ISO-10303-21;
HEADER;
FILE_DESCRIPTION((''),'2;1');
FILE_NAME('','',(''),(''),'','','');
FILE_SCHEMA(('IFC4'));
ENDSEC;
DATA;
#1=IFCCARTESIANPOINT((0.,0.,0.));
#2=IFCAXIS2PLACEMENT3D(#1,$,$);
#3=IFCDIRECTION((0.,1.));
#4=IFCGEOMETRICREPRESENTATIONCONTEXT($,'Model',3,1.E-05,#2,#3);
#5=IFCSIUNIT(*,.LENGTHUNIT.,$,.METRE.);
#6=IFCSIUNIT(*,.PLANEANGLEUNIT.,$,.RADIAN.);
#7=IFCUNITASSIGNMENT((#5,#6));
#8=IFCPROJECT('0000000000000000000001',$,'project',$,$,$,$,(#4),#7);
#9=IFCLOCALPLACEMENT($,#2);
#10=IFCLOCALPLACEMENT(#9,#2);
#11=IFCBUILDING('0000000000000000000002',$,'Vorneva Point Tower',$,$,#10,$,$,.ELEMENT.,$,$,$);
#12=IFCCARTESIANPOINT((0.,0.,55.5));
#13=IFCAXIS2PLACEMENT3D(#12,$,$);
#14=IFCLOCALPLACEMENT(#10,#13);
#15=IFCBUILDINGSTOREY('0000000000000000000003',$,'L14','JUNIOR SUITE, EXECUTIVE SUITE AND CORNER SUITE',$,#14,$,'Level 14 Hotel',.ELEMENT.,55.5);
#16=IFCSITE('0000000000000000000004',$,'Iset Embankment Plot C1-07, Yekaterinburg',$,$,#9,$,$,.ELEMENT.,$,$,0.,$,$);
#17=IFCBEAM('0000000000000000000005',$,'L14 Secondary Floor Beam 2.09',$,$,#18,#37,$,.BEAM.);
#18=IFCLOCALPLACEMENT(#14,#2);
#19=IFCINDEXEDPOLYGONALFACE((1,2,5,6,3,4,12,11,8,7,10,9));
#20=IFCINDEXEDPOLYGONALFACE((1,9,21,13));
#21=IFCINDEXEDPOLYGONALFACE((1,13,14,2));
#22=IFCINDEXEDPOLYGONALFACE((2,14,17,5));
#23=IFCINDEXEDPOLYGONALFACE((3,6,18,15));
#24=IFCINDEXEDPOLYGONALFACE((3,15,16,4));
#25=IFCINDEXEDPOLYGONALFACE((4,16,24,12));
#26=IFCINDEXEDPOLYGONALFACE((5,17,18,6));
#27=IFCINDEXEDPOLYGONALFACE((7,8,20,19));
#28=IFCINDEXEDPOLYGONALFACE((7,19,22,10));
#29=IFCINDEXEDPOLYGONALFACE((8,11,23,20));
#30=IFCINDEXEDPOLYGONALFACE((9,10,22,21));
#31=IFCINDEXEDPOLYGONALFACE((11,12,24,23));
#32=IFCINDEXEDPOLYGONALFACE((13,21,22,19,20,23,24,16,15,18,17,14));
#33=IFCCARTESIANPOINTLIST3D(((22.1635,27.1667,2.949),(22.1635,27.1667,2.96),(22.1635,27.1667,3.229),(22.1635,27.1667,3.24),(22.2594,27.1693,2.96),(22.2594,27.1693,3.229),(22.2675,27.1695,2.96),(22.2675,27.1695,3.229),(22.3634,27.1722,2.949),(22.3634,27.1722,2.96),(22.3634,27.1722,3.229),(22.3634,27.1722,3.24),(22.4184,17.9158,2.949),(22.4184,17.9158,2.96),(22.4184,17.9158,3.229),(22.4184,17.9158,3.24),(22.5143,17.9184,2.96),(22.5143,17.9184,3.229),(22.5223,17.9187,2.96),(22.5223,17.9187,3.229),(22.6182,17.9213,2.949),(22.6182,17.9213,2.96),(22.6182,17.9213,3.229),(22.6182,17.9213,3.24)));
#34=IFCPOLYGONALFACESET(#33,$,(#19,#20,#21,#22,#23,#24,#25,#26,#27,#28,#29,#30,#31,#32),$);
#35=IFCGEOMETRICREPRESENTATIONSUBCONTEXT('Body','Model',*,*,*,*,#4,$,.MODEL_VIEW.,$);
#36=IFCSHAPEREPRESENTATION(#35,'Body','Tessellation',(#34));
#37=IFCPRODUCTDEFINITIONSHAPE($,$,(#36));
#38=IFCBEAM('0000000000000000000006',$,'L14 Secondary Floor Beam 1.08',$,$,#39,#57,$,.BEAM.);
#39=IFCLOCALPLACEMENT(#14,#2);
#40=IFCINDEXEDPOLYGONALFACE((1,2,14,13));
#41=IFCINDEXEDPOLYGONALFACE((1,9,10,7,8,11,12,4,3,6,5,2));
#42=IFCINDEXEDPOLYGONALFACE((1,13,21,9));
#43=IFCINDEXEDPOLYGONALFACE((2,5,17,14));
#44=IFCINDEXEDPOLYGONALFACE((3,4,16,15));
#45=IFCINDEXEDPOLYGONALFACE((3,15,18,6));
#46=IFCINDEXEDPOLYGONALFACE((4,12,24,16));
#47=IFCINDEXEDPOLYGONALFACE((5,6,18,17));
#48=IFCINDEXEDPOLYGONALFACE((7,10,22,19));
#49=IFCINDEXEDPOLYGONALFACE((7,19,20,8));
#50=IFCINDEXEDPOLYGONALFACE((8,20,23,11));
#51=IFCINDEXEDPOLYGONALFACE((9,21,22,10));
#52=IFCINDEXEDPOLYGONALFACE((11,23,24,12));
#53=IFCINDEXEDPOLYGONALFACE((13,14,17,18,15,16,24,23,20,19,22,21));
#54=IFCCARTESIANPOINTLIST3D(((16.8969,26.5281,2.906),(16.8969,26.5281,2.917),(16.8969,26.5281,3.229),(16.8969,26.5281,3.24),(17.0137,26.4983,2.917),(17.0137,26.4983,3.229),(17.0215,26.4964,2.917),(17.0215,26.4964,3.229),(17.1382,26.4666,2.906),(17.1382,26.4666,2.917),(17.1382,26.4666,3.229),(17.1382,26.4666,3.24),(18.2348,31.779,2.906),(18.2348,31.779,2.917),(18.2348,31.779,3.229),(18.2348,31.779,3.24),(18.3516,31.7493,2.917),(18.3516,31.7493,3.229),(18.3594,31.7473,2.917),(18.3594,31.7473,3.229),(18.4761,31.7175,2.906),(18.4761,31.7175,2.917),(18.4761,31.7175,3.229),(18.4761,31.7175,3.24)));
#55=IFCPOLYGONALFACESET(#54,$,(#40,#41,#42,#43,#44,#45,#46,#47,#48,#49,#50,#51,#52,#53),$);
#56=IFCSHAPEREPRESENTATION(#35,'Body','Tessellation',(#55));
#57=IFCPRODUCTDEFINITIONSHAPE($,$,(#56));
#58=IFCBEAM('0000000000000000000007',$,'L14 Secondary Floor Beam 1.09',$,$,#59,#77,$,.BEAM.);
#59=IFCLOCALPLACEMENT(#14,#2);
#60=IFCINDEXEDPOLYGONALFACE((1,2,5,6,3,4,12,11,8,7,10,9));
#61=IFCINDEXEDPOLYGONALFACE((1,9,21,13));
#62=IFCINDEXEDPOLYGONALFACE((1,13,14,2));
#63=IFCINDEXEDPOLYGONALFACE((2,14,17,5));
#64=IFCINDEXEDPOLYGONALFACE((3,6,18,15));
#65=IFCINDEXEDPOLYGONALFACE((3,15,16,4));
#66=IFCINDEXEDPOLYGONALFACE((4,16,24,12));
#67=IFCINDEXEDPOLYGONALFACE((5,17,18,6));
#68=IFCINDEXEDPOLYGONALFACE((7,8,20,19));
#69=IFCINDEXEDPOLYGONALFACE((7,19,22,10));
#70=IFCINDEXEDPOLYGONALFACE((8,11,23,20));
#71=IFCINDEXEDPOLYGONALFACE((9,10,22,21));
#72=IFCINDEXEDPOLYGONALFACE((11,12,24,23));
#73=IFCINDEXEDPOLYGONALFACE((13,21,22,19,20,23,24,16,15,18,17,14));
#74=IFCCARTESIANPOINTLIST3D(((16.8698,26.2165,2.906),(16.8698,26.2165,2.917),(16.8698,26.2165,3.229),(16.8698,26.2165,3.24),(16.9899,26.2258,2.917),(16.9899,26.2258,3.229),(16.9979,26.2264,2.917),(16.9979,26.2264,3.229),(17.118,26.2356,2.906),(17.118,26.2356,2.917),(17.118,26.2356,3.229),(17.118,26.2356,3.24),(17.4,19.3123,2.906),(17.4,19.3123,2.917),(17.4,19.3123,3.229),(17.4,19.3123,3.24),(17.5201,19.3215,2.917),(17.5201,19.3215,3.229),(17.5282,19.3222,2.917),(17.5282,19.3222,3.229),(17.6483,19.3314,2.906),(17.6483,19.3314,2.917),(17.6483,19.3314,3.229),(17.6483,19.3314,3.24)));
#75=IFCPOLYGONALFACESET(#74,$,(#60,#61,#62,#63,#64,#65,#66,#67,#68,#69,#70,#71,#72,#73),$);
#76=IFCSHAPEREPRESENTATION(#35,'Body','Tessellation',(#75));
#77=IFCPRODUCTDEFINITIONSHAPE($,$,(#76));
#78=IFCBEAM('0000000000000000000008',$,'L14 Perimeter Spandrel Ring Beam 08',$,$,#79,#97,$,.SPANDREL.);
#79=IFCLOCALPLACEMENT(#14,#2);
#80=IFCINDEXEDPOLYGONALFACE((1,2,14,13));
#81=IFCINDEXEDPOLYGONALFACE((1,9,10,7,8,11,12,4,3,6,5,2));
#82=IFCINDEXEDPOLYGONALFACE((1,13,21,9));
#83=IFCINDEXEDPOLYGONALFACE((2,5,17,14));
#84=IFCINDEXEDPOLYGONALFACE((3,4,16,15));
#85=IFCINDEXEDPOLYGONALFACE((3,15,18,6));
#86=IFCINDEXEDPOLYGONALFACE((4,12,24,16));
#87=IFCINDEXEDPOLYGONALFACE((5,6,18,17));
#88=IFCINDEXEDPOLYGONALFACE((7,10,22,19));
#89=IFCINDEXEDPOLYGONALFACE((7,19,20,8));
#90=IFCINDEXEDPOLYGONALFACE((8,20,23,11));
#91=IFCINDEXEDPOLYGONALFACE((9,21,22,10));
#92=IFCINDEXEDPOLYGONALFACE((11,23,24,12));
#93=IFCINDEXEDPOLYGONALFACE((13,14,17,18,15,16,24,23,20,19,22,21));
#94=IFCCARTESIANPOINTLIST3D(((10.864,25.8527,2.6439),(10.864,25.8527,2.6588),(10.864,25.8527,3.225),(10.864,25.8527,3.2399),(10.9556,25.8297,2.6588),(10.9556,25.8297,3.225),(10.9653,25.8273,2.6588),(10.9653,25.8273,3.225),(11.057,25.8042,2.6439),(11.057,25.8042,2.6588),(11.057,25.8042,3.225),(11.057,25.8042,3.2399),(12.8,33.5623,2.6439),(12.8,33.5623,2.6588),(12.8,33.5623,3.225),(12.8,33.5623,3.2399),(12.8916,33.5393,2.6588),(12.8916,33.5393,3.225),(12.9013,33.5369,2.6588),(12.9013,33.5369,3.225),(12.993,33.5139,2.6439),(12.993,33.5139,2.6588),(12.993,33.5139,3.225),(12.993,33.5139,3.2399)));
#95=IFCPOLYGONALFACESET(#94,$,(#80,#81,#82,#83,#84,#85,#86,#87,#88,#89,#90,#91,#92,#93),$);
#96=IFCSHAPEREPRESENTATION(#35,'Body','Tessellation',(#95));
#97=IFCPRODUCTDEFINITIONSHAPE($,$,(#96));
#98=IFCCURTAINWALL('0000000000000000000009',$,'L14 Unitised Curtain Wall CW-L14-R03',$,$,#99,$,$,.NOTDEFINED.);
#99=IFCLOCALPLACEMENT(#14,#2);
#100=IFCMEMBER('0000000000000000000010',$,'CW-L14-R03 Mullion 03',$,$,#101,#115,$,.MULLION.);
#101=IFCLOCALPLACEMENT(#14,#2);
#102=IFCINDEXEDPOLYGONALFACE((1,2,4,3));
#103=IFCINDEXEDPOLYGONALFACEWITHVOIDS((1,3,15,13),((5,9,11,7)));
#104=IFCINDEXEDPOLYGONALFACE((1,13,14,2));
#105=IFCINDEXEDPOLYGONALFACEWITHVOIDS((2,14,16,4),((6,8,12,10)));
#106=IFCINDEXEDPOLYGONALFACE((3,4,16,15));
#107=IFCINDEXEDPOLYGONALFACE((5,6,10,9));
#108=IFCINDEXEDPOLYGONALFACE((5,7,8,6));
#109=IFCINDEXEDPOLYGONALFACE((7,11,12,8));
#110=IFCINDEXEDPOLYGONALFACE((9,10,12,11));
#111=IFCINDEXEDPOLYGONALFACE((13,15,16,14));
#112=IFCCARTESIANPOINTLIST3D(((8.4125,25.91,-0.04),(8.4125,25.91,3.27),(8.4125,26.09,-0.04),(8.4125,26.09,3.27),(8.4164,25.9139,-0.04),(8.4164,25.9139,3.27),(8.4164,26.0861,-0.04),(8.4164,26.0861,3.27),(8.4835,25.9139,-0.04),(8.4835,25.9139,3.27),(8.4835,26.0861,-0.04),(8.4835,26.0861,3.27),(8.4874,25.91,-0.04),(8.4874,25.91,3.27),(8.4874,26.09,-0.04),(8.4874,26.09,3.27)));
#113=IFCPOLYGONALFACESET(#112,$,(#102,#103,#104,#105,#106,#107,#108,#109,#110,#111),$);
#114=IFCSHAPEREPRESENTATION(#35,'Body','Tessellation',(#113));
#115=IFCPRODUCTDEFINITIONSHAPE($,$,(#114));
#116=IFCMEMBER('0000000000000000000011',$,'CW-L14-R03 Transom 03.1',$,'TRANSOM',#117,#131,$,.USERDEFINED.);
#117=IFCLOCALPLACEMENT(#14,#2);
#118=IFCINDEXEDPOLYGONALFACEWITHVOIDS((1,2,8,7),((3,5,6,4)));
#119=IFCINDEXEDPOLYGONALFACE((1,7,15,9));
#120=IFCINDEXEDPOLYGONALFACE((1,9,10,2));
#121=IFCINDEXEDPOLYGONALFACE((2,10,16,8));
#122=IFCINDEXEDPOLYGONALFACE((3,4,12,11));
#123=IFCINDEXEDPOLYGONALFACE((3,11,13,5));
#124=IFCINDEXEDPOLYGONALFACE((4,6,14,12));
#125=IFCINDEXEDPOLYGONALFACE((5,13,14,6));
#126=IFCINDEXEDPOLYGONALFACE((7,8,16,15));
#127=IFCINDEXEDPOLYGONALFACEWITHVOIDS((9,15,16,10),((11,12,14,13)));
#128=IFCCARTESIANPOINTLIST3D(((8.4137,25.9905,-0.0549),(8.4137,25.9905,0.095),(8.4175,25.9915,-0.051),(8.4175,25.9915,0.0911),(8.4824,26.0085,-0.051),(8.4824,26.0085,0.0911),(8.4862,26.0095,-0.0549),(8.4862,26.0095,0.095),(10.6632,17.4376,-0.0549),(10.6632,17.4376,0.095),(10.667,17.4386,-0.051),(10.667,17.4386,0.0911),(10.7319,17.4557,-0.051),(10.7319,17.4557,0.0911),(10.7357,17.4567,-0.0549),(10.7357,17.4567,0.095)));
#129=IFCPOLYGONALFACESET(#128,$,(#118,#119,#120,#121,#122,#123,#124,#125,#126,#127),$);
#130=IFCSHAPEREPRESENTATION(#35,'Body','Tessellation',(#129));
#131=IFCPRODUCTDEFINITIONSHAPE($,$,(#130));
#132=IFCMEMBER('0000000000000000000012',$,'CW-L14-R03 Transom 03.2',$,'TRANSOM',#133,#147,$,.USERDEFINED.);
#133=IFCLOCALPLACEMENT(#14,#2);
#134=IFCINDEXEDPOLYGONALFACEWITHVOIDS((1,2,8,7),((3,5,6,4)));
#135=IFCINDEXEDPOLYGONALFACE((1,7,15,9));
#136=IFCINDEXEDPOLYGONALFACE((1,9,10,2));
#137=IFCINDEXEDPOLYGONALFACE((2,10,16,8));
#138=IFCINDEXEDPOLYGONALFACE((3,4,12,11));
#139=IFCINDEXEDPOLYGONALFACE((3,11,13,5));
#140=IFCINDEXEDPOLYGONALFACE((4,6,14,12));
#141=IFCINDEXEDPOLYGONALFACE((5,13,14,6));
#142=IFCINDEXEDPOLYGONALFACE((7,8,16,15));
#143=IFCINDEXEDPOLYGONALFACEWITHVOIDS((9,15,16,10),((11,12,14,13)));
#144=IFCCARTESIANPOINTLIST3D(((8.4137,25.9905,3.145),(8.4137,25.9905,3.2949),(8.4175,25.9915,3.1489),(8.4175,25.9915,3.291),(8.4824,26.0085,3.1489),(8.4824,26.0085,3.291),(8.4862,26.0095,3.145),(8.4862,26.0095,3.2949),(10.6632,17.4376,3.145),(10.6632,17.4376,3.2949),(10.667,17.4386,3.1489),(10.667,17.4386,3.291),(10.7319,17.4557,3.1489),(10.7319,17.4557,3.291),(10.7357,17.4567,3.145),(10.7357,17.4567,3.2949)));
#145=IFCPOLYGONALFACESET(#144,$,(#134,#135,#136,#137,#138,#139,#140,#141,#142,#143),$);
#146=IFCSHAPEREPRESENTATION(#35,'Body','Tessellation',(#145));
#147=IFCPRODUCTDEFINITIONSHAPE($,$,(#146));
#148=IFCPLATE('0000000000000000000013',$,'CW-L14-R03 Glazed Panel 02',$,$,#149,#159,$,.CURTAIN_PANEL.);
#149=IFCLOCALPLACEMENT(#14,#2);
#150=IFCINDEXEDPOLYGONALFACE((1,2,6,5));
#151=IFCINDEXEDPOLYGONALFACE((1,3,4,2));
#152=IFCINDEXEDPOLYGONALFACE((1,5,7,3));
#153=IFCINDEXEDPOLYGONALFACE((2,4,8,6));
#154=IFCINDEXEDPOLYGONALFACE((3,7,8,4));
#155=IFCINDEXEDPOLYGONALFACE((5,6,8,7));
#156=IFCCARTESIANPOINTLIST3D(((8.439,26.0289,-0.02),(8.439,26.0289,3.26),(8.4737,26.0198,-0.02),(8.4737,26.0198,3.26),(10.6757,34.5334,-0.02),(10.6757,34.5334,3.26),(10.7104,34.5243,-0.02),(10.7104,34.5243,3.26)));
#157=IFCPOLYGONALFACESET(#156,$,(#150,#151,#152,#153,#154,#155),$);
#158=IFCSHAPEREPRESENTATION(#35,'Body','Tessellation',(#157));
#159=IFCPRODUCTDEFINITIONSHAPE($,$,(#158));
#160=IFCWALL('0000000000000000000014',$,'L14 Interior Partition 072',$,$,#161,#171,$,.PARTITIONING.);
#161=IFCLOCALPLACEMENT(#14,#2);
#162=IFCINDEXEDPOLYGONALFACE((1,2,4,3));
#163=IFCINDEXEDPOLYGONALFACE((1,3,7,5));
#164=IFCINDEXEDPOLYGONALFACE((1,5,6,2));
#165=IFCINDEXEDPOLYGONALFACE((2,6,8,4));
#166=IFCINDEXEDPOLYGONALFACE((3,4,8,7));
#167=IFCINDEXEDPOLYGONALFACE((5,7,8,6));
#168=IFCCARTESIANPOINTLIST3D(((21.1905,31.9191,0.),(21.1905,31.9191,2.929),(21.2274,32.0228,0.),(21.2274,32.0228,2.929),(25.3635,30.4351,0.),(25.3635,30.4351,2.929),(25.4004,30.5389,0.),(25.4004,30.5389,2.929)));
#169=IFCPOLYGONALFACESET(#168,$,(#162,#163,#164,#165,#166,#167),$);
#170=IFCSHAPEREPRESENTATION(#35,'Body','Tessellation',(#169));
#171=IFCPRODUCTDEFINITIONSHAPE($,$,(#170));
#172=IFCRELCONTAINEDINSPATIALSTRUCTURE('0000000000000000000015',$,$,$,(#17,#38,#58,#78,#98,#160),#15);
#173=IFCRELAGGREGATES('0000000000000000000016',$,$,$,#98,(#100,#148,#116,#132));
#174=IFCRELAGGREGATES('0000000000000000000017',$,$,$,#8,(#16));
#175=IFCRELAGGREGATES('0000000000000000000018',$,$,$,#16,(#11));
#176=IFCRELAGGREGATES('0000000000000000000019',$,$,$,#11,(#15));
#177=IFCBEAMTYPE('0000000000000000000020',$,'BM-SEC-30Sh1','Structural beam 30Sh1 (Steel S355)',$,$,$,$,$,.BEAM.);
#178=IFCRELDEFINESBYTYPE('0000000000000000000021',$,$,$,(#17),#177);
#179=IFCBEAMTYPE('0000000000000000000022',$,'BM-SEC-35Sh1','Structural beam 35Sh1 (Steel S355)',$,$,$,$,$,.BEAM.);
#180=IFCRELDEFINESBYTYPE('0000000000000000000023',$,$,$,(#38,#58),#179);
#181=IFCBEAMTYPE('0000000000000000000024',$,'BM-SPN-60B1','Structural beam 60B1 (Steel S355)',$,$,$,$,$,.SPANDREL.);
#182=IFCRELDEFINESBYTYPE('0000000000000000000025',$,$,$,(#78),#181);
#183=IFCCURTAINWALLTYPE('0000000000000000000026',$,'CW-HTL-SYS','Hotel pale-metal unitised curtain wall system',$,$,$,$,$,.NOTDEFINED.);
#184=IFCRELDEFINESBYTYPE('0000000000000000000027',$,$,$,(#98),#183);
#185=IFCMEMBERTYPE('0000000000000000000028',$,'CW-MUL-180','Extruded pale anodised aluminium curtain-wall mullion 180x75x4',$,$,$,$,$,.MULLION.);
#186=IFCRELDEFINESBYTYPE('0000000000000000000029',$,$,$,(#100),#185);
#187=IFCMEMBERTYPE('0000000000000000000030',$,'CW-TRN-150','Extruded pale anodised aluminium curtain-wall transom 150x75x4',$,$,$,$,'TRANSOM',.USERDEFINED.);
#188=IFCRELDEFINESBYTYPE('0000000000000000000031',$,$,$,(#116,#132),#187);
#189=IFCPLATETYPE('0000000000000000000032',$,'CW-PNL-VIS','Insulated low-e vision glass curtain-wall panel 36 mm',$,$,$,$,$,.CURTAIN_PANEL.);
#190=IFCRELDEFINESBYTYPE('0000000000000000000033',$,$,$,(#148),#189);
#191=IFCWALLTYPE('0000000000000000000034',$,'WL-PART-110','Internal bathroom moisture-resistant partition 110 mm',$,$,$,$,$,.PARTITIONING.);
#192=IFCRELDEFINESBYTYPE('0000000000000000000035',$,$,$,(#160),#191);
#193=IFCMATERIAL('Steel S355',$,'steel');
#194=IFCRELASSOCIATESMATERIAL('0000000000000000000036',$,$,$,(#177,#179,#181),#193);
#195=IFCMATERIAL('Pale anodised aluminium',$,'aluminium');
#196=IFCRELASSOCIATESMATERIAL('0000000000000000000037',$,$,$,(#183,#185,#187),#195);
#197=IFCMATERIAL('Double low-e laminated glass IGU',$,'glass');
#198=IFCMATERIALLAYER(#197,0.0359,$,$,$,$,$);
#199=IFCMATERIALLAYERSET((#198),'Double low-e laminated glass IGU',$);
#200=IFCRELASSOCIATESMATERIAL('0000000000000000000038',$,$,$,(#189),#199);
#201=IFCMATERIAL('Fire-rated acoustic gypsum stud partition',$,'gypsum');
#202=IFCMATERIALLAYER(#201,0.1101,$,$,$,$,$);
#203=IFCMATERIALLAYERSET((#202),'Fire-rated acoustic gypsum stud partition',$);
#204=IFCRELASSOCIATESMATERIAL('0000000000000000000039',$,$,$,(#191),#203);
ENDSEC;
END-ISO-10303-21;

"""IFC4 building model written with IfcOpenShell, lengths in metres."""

from ifc_helpers import new_model, si_unit, direction, frame, frame_2d, origin, origin_2d, place, context, subcontext, project, spatial, rectangle, hollow_rectangle, i_section, extrude, material, layer, layer_set, material_profile, profile_set, type_object, element, aggregate, save


model = new_model("IFC4")

# Units and contexts
model_context = context("Model", 3, precision=1e-05, world=origin(), true_north=direction((0.0, 1.0)))
body_context = subcontext(model_context, "Body", "Model", "MODEL_VIEW")
ifc_project = project(units=[si_unit("LENGTHUNIT", "METRE"), si_unit("PLANEANGLEUNIT", "RADIAN")], contexts=[model_context])

# Site, building, storey
site_placement = place(None, origin())
site = spatial("IfcSite", under=ifc_project, at=site_placement, Name="Iset Embankment Plot C1-07, Yekaterinburg", CompositionType="ELEMENT", RefElevation=0.0)
building_placement = place(site_placement, origin())
building = spatial("IfcBuilding", under=site, at=building_placement, Name="Vorneva Point Tower", CompositionType="ELEMENT")
storey_placement = place(building_placement, frame((0.0, 0.0, 55.5)))
storey = spatial("IfcBuildingStorey", under=building, at=storey_placement, Name="L14", Description="JUNIOR SUITE, EXECUTIVE SUITE AND CORNER SUITE", LongName="Level 14 Hotel", CompositionType="ELEMENT", Elevation=55.5)

# Beams
ifc_material_1 = material(Name="Steel S355", Category="steel")
ifc_material_profile_1 = material_profile(ifc_material_1, i_section(OverallWidth=0.2, OverallDepth=0.291, WebThickness=0.0081, FlangeThickness=0.011, at=origin_2d()), Name="30Sh1")
ifc_profile_set_1 = profile_set([ifc_material_profile_1], Name="Steel S355")
beam_type_1 = type_object("IfcBeamType", Name="BM-SEC-30Sh1", Description="Structural beam 30Sh1 (Steel S355)", PredefinedType="BEAM", material=ifc_profile_set_1)
beam_1_placement = place(storey_placement, frame((22.2634, 27.1694, 3.0945), z_axis=(0.027542, -0.999621, 0.0), x_axis=(0.999621, 0.027542, 0.0)))
element("IfcBeam", 1, at=beam_1_placement, inside=storey, type_object=beam_type_1, Name="L14 Secondary Floor Beam 2.09", PredefinedType="BEAM", context=body_context, shape_type="SweptSolid", body=[
    extrude(i_section(OverallWidth=0.2, OverallDepth=0.291, WebThickness=0.0081, FlangeThickness=0.011, at=origin_2d()), origin(), (0.0, 0.0, 1.0), 9.2544),
])
ifc_material_profile_2 = material_profile(ifc_material_1, i_section(OverallWidth=0.249, OverallDepth=0.334, WebThickness=0.0081, FlangeThickness=0.011, at=origin_2d()), Name="35Sh1")
ifc_profile_set_2 = profile_set([ifc_material_profile_2], Name="Steel S355")
beam_type_2 = type_object("IfcBeamType", Name="BM-SEC-35Sh1", Description="Structural beam 35Sh1 (Steel S355)", PredefinedType="BEAM", material=ifc_profile_set_2)
beam_2_placement = place(storey_placement, frame((18.3555, 31.7483, 3.073), z_axis=(-0.246901, -0.969041, 0.0), x_axis=(0.969041, -0.246901, 0.0)))
element("IfcBeam", 2, at=beam_2_placement, inside=storey, type_object=beam_type_2, Name="L14 Secondary Floor Beam 1.08", PredefinedType="BEAM", context=body_context, shape_type="SweptSolid", body=[
    extrude(i_section(OverallWidth=0.249, OverallDepth=0.334, WebThickness=0.0081, FlangeThickness=0.011, at=origin_2d()), origin(), (0.0, 0.0, 1.0), 5.4187),
])
beam_3_placement = place(storey_placement, frame((16.9939, 26.2261, 3.073), z_axis=(0.076578, -0.997064, 0.0), x_axis=(0.997064, 0.076578, 0.0)))
element("IfcBeam", 3, at=beam_3_placement, inside=storey, type_object=beam_type_2, Name="L14 Secondary Floor Beam 1.09", PredefinedType="BEAM", context=body_context, shape_type="SweptSolid", body=[
    extrude(i_section(OverallWidth=0.249, OverallDepth=0.334, WebThickness=0.0081, FlangeThickness=0.011, at=origin_2d()), origin(), (0.0, 0.0, 1.0), 6.9246),
])
ifc_material_profile_3 = material_profile(ifc_material_1, i_section(OverallWidth=0.199, OverallDepth=0.5959, WebThickness=0.01, FlangeThickness=0.0149, at=origin_2d()), Name="60B1")
ifc_profile_set_3 = profile_set([ifc_material_profile_3], Name="Steel S355")
beam_type_3 = type_object("IfcBeamType", Name="BM-SPN-60B1", Description="Structural beam 60B1 (Steel S355)", PredefinedType="SPANDREL", material=ifc_profile_set_3)
beam_4_placement = place(storey_placement, frame((12.8965, 33.5381, 2.9419), z_axis=(-0.243554, -0.969887, 0.0), x_axis=(0.969887, -0.243554, 0.0)))
element("IfcBeam", 4, at=beam_4_placement, inside=storey, type_object=beam_type_3, Name="L14 Perimeter Spandrel Ring Beam 08", PredefinedType="SPANDREL", context=body_context, shape_type="SweptSolid", body=[
    extrude(i_section(OverallWidth=0.199, OverallDepth=0.5959, WebThickness=0.01, FlangeThickness=0.0149, at=origin_2d()), origin(), (0.0, 0.0, 1.0), 7.949),
])

# Curtain wall, members, plate
ifc_material_2 = material(Name="Pale anodised aluminium", Category="aluminium")
curtain_wall_type = type_object("IfcCurtainWallType", Name="CW-HTL-SYS", Description="Hotel pale-metal unitised curtain wall system", PredefinedType="NOTDEFINED", material=ifc_material_2)
curtain_wall_placement = place(storey_placement, origin())
curtain_wall = element("IfcCurtainWall", 5, at=curtain_wall_placement, inside=storey, type_object=curtain_wall_type, Name="L14 Unitised Curtain Wall CW-L14-R03", PredefinedType="NOTDEFINED")
ifc_material_profile_4 = material_profile(ifc_material_2, hollow_rectangle(XDim=0.075, YDim=0.1799, WallThickness=0.0039, at=origin_2d()), Name="AL-MUL 180x75x4")
ifc_profile_set_4 = profile_set([ifc_material_profile_4], Name="Pale anodised aluminium")
member_type_1 = type_object("IfcMemberType", Name="CW-MUL-180", Description="Extruded pale anodised aluminium curtain-wall mullion 180x75x4", PredefinedType="MULLION", material=ifc_profile_set_4)
member_1_placement = place(storey_placement, frame((8.45, 26.0, -0.04), z_axis=(0.0, 0.0, 1.0), x_axis=(1.0, 0.0, 0.0)))
member_1 = element("IfcMember", 6, at=member_1_placement, type_object=member_type_1, Name="CW-L14-R03 Mullion 03", PredefinedType="MULLION", context=body_context, shape_type="SweptSolid", body=[
    extrude(hollow_rectangle(XDim=0.075, YDim=0.1799, WallThickness=0.0039, at=origin_2d()), origin(), (0.0, 0.0, 1.0), 3.3101),
])
ifc_material_profile_5 = material_profile(ifc_material_2, hollow_rectangle(XDim=0.075, YDim=0.1499, WallThickness=0.0039, at=origin_2d()), Name="AL-TRN 150x75x4")
ifc_profile_set_5 = profile_set([ifc_material_profile_5], Name="Pale anodised aluminium")
member_type_2 = type_object("IfcMemberType", Name="CW-TRN-150", Description="Extruded pale anodised aluminium curtain-wall transom 150x75x4", ElementType="TRANSOM", PredefinedType="USERDEFINED", material=ifc_profile_set_5)
member_2_placement = place(storey_placement, frame((8.45, 26.0, 0.02), z_axis=(0.254359, -0.96711, 0.0), x_axis=(0.96711, 0.254359, 0.0)))
member_2 = element("IfcMember", 7, at=member_2_placement, type_object=member_type_2, Name="CW-L14-R03 Transom 03.1", ObjectType="TRANSOM", PredefinedType="USERDEFINED", context=body_context, shape_type="SweptSolid", body=[
    extrude(hollow_rectangle(XDim=0.075, YDim=0.1499, WallThickness=0.0039, at=origin_2d()), origin(), (0.0, 0.0, 1.0), 8.8438),
])
member_3_placement = place(storey_placement, frame((8.45, 26.0, 3.22), z_axis=(0.254359, -0.96711, 0.0), x_axis=(0.96711, 0.254359, 0.0)))
member_3 = element("IfcMember", 8, at=member_3_placement, type_object=member_type_2, Name="CW-L14-R03 Transom 03.2", ObjectType="TRANSOM", PredefinedType="USERDEFINED", context=body_context, shape_type="SweptSolid", body=[
    extrude(hollow_rectangle(XDim=0.075, YDim=0.1499, WallThickness=0.0039, at=origin_2d()), origin(), (0.0, 0.0, 1.0), 8.8438),
])
ifc_material_3 = material(Name="Double low-e laminated glass IGU", Category="glass")
ifc_layer_1 = layer(ifc_material_3, 0.0359)
ifc_layer_set_1 = layer_set([ifc_layer_1], Name="Double low-e laminated glass IGU")
plate_type = type_object("IfcPlateType", Name="CW-PNL-VIS", Description="Insulated low-e vision glass curtain-wall panel 36 mm", PredefinedType="CURTAIN_PANEL", material=ifc_layer_set_1)
plate_placement = place(storey_placement, frame((9.5747, 30.2766, -0.02), z_axis=(0.0, 0.0, 1.0), x_axis=(-0.254349, -0.967113, 0.0)))
plate = element("IfcPlate", 9, at=plate_placement, type_object=plate_type, Name="CW-L14-R03 Glazed Panel 02", PredefinedType="CURTAIN_PANEL", context=body_context, shape_type="SweptSolid", body=[
    extrude(rectangle(XDim=8.7937, YDim=0.0359, at=origin_2d()), origin(), (0.0, 0.0, 1.0), 3.28),
])
aggregate(curtain_wall, [member_1, plate, member_2, member_3])

# Wall
ifc_material_4 = material(Name="Fire-rated acoustic gypsum stud partition", Category="gypsum")
ifc_layer_2 = layer(ifc_material_4, 0.1101)
ifc_layer_set_2 = layer_set([ifc_layer_2], Name="Fire-rated acoustic gypsum stud partition")
wall_type_1 = type_object("IfcWallType", Name="WL-PART-110", Description="Internal bathroom moisture-resistant partition 110 mm", PredefinedType="PARTITIONING", material=ifc_layer_set_2)
wall_1_placement = place(storey_placement, frame((25.3818, 30.4871, 0.0), z_axis=(0.0, 0.0, 1.0), x_axis=(-0.9422, 0.335051, 0.0)))
element("IfcWall", 10, at=wall_1_placement, inside=storey, type_object=wall_type_1, Name="L14 Interior Partition 072", PredefinedType="PARTITIONING", context=body_context, shape_type="SweptSolid", body=[
    extrude(rectangle(XDim=4.429, YDim=0.1101, at=frame_2d((2.2144, 0.0))), origin(), (0.0, 0.0, 1.0), 2.929),
])

save(model, "model.ifc")
